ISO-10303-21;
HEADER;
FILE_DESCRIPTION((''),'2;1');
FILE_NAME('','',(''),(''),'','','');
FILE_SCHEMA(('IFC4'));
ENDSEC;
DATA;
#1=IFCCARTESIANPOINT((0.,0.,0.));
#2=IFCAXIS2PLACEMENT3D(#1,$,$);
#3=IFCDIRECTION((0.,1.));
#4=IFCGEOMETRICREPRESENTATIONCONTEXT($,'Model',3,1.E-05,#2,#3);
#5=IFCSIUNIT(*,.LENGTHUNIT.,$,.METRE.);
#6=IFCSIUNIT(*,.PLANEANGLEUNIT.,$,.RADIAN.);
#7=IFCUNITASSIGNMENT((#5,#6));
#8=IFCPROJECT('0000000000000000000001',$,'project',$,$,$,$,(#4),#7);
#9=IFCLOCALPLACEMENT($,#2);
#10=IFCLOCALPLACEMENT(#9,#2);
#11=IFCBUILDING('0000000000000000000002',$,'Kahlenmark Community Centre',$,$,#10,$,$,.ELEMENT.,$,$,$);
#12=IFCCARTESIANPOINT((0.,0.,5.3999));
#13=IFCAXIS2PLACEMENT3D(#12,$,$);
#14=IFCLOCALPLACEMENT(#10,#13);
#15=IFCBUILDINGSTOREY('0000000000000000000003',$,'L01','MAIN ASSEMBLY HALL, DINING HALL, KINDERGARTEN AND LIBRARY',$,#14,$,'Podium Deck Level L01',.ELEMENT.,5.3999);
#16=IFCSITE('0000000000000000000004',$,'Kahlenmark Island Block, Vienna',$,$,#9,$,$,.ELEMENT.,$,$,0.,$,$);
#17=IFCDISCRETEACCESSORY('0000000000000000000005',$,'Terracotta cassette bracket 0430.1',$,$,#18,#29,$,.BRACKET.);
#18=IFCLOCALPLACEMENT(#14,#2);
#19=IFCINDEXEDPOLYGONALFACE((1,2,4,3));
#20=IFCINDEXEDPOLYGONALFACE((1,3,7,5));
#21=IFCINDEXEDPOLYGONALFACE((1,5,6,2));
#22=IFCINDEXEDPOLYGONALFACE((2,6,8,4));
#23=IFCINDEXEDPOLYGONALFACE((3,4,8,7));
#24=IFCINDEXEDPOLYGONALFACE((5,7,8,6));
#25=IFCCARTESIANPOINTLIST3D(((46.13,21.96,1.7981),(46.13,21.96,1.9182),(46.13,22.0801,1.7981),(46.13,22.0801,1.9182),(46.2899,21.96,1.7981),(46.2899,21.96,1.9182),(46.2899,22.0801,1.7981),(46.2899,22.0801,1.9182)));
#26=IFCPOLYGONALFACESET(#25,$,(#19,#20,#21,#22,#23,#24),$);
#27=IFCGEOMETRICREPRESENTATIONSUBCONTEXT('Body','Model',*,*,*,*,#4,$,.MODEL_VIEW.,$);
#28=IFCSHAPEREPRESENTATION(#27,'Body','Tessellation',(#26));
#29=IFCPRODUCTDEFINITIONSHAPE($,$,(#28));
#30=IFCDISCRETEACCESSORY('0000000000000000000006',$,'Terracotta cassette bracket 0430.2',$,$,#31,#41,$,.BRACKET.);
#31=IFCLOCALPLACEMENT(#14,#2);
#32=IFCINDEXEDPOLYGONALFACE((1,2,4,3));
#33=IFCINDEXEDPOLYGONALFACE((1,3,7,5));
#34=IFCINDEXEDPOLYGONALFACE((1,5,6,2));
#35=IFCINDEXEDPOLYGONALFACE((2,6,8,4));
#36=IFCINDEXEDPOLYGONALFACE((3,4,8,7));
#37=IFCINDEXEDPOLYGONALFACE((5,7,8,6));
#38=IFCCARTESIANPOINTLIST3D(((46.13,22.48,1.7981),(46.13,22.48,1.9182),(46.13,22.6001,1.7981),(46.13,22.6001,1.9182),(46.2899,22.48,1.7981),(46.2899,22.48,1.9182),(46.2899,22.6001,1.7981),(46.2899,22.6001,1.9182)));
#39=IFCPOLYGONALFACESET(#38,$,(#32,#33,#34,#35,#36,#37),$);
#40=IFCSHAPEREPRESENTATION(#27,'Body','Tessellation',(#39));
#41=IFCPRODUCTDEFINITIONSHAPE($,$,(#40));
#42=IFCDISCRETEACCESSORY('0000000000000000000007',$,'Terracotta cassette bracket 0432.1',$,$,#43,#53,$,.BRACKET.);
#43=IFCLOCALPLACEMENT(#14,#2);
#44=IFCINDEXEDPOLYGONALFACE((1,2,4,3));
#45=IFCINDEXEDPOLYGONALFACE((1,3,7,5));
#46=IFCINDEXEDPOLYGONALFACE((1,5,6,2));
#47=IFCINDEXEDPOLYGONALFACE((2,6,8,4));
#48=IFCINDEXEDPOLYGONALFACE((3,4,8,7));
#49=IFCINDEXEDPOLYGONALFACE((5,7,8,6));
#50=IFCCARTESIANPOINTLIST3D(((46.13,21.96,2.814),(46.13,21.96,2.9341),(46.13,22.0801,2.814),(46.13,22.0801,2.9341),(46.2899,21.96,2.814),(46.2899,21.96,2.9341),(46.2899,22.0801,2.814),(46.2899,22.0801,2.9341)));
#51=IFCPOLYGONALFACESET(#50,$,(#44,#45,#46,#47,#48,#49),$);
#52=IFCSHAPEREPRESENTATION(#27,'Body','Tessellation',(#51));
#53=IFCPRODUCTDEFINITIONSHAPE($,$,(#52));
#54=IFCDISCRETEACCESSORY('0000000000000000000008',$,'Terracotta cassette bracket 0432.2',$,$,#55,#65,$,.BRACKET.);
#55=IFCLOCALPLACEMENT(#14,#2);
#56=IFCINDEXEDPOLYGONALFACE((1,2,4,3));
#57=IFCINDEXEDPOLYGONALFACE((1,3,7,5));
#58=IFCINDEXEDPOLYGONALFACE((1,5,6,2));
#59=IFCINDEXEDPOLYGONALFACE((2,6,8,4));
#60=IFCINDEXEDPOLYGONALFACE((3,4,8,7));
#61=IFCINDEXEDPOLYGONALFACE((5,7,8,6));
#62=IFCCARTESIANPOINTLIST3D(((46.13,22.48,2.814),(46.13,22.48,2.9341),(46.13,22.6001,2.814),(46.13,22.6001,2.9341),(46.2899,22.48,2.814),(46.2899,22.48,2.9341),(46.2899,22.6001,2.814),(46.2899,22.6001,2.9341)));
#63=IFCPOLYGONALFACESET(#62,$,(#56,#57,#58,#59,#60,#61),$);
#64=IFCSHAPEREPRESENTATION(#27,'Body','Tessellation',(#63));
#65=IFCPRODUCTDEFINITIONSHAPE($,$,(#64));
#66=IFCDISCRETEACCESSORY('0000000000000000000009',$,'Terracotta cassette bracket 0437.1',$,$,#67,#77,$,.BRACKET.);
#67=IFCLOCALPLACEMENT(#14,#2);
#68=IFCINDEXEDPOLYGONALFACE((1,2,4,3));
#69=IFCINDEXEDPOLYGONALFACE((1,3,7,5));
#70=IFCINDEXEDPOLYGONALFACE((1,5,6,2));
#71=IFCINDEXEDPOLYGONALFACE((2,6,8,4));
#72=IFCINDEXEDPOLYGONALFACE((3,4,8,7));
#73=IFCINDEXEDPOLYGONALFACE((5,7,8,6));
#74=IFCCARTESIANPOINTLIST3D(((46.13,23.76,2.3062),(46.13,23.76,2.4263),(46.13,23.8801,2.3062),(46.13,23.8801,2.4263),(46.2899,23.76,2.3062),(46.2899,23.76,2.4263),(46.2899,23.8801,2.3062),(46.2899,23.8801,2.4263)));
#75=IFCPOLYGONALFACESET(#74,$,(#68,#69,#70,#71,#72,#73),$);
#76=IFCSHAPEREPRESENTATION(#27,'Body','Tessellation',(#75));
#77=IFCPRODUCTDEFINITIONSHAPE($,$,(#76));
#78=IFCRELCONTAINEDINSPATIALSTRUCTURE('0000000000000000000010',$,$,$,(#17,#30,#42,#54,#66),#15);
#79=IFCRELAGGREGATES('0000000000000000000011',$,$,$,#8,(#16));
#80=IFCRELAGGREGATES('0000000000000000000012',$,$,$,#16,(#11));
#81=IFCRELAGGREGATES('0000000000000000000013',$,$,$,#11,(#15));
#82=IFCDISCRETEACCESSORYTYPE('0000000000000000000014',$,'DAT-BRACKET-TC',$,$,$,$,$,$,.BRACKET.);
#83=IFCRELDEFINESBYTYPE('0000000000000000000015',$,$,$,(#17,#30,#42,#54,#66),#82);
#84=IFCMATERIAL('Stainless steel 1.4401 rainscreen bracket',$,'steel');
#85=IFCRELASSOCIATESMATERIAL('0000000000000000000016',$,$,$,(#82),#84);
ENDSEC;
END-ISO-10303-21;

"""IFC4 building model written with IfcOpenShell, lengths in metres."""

from ifc_helpers import new_model, si_unit, direction, frame, origin, origin_2d, place, context, subcontext, project, spatial, rectangle, extrude, material, type_object, element, save


model = new_model("IFC4")

# Units and contexts
model_context = context("Model", 3, precision=1e-05, world=origin(), true_north=direction((0.0, 1.0)))
body_context = subcontext(model_context, "Body", "Model", "MODEL_VIEW")
ifc_project = project(units=[si_unit("LENGTHUNIT", "METRE"), si_unit("PLANEANGLEUNIT", "RADIAN")], contexts=[model_context])

# Site, building, storey
site_placement = place(None, origin())
site = spatial("IfcSite", under=ifc_project, at=site_placement, Name="Kahlenmark Island Block, Vienna", CompositionType="ELEMENT", RefElevation=0.0)
building_placement = place(site_placement, origin())
building = spatial("IfcBuilding", under=site, at=building_placement, Name="Kahlenmark Community Centre", CompositionType="ELEMENT")
storey_placement = place(building_placement, frame((0.0, 0.0, 5.3999)))
storey = spatial("IfcBuildingStorey", under=building, at=storey_placement, Name="L01", Description="MAIN ASSEMBLY HALL, DINING HALL, KINDERGARTEN AND LIBRARY", LongName="Podium Deck Level L01", CompositionType="ELEMENT", Elevation=5.3999)

# Discrete accessories
ifc_material_1 = material(Name="Stainless steel 1.4401 rainscreen bracket", Category="steel")
discrete_accessory_type = type_object("IfcDiscreteAccessoryType", Name="DAT-BRACKET-TC", PredefinedType="BRACKET", material=ifc_material_1)
for number, where, z_axis, x_axis, name in (
    (1, (46.21, 22.02, 1.7981), (0.0, 0.0, 1.0), (0.0, 1.0, 0.0), "Terracotta cassette bracket 0430.1"),
    (2, (46.21, 22.54, 1.7981), (0.0, 0.0, 1.0), (0.0, 1.0, 0.0), "Terracotta cassette bracket 0430.2"),
    (3, (46.21, 22.02, 2.814), (0.0, 0.0, 1.0), (0.0, 1.0, 0.0), "Terracotta cassette bracket 0432.1"),
    (4, (46.21, 22.54, 2.814), (0.0, 0.0, 1.0), (0.0, 1.0, 0.0), "Terracotta cassette bracket 0432.2"),
    (5, (46.21, 23.8201, 2.3062), (0.0, 0.0, 1.0), (0.0, 1.0, 0.0), "Terracotta cassette bracket 0437.1"),
):
    element("IfcDiscreteAccessory", number, at=place(storey_placement, frame(where, z_axis=z_axis, x_axis=x_axis)), inside=storey, type_object=discrete_accessory_type, Name=name, PredefinedType="BRACKET", context=body_context, shape_type="SweptSolid", body=[
        extrude(rectangle(XDim=0.1201, YDim=0.1599, at=origin_2d()), origin(), (0.0, 0.0, 1.0), 0.1201),
    ])

save(model, "model.ifc")
